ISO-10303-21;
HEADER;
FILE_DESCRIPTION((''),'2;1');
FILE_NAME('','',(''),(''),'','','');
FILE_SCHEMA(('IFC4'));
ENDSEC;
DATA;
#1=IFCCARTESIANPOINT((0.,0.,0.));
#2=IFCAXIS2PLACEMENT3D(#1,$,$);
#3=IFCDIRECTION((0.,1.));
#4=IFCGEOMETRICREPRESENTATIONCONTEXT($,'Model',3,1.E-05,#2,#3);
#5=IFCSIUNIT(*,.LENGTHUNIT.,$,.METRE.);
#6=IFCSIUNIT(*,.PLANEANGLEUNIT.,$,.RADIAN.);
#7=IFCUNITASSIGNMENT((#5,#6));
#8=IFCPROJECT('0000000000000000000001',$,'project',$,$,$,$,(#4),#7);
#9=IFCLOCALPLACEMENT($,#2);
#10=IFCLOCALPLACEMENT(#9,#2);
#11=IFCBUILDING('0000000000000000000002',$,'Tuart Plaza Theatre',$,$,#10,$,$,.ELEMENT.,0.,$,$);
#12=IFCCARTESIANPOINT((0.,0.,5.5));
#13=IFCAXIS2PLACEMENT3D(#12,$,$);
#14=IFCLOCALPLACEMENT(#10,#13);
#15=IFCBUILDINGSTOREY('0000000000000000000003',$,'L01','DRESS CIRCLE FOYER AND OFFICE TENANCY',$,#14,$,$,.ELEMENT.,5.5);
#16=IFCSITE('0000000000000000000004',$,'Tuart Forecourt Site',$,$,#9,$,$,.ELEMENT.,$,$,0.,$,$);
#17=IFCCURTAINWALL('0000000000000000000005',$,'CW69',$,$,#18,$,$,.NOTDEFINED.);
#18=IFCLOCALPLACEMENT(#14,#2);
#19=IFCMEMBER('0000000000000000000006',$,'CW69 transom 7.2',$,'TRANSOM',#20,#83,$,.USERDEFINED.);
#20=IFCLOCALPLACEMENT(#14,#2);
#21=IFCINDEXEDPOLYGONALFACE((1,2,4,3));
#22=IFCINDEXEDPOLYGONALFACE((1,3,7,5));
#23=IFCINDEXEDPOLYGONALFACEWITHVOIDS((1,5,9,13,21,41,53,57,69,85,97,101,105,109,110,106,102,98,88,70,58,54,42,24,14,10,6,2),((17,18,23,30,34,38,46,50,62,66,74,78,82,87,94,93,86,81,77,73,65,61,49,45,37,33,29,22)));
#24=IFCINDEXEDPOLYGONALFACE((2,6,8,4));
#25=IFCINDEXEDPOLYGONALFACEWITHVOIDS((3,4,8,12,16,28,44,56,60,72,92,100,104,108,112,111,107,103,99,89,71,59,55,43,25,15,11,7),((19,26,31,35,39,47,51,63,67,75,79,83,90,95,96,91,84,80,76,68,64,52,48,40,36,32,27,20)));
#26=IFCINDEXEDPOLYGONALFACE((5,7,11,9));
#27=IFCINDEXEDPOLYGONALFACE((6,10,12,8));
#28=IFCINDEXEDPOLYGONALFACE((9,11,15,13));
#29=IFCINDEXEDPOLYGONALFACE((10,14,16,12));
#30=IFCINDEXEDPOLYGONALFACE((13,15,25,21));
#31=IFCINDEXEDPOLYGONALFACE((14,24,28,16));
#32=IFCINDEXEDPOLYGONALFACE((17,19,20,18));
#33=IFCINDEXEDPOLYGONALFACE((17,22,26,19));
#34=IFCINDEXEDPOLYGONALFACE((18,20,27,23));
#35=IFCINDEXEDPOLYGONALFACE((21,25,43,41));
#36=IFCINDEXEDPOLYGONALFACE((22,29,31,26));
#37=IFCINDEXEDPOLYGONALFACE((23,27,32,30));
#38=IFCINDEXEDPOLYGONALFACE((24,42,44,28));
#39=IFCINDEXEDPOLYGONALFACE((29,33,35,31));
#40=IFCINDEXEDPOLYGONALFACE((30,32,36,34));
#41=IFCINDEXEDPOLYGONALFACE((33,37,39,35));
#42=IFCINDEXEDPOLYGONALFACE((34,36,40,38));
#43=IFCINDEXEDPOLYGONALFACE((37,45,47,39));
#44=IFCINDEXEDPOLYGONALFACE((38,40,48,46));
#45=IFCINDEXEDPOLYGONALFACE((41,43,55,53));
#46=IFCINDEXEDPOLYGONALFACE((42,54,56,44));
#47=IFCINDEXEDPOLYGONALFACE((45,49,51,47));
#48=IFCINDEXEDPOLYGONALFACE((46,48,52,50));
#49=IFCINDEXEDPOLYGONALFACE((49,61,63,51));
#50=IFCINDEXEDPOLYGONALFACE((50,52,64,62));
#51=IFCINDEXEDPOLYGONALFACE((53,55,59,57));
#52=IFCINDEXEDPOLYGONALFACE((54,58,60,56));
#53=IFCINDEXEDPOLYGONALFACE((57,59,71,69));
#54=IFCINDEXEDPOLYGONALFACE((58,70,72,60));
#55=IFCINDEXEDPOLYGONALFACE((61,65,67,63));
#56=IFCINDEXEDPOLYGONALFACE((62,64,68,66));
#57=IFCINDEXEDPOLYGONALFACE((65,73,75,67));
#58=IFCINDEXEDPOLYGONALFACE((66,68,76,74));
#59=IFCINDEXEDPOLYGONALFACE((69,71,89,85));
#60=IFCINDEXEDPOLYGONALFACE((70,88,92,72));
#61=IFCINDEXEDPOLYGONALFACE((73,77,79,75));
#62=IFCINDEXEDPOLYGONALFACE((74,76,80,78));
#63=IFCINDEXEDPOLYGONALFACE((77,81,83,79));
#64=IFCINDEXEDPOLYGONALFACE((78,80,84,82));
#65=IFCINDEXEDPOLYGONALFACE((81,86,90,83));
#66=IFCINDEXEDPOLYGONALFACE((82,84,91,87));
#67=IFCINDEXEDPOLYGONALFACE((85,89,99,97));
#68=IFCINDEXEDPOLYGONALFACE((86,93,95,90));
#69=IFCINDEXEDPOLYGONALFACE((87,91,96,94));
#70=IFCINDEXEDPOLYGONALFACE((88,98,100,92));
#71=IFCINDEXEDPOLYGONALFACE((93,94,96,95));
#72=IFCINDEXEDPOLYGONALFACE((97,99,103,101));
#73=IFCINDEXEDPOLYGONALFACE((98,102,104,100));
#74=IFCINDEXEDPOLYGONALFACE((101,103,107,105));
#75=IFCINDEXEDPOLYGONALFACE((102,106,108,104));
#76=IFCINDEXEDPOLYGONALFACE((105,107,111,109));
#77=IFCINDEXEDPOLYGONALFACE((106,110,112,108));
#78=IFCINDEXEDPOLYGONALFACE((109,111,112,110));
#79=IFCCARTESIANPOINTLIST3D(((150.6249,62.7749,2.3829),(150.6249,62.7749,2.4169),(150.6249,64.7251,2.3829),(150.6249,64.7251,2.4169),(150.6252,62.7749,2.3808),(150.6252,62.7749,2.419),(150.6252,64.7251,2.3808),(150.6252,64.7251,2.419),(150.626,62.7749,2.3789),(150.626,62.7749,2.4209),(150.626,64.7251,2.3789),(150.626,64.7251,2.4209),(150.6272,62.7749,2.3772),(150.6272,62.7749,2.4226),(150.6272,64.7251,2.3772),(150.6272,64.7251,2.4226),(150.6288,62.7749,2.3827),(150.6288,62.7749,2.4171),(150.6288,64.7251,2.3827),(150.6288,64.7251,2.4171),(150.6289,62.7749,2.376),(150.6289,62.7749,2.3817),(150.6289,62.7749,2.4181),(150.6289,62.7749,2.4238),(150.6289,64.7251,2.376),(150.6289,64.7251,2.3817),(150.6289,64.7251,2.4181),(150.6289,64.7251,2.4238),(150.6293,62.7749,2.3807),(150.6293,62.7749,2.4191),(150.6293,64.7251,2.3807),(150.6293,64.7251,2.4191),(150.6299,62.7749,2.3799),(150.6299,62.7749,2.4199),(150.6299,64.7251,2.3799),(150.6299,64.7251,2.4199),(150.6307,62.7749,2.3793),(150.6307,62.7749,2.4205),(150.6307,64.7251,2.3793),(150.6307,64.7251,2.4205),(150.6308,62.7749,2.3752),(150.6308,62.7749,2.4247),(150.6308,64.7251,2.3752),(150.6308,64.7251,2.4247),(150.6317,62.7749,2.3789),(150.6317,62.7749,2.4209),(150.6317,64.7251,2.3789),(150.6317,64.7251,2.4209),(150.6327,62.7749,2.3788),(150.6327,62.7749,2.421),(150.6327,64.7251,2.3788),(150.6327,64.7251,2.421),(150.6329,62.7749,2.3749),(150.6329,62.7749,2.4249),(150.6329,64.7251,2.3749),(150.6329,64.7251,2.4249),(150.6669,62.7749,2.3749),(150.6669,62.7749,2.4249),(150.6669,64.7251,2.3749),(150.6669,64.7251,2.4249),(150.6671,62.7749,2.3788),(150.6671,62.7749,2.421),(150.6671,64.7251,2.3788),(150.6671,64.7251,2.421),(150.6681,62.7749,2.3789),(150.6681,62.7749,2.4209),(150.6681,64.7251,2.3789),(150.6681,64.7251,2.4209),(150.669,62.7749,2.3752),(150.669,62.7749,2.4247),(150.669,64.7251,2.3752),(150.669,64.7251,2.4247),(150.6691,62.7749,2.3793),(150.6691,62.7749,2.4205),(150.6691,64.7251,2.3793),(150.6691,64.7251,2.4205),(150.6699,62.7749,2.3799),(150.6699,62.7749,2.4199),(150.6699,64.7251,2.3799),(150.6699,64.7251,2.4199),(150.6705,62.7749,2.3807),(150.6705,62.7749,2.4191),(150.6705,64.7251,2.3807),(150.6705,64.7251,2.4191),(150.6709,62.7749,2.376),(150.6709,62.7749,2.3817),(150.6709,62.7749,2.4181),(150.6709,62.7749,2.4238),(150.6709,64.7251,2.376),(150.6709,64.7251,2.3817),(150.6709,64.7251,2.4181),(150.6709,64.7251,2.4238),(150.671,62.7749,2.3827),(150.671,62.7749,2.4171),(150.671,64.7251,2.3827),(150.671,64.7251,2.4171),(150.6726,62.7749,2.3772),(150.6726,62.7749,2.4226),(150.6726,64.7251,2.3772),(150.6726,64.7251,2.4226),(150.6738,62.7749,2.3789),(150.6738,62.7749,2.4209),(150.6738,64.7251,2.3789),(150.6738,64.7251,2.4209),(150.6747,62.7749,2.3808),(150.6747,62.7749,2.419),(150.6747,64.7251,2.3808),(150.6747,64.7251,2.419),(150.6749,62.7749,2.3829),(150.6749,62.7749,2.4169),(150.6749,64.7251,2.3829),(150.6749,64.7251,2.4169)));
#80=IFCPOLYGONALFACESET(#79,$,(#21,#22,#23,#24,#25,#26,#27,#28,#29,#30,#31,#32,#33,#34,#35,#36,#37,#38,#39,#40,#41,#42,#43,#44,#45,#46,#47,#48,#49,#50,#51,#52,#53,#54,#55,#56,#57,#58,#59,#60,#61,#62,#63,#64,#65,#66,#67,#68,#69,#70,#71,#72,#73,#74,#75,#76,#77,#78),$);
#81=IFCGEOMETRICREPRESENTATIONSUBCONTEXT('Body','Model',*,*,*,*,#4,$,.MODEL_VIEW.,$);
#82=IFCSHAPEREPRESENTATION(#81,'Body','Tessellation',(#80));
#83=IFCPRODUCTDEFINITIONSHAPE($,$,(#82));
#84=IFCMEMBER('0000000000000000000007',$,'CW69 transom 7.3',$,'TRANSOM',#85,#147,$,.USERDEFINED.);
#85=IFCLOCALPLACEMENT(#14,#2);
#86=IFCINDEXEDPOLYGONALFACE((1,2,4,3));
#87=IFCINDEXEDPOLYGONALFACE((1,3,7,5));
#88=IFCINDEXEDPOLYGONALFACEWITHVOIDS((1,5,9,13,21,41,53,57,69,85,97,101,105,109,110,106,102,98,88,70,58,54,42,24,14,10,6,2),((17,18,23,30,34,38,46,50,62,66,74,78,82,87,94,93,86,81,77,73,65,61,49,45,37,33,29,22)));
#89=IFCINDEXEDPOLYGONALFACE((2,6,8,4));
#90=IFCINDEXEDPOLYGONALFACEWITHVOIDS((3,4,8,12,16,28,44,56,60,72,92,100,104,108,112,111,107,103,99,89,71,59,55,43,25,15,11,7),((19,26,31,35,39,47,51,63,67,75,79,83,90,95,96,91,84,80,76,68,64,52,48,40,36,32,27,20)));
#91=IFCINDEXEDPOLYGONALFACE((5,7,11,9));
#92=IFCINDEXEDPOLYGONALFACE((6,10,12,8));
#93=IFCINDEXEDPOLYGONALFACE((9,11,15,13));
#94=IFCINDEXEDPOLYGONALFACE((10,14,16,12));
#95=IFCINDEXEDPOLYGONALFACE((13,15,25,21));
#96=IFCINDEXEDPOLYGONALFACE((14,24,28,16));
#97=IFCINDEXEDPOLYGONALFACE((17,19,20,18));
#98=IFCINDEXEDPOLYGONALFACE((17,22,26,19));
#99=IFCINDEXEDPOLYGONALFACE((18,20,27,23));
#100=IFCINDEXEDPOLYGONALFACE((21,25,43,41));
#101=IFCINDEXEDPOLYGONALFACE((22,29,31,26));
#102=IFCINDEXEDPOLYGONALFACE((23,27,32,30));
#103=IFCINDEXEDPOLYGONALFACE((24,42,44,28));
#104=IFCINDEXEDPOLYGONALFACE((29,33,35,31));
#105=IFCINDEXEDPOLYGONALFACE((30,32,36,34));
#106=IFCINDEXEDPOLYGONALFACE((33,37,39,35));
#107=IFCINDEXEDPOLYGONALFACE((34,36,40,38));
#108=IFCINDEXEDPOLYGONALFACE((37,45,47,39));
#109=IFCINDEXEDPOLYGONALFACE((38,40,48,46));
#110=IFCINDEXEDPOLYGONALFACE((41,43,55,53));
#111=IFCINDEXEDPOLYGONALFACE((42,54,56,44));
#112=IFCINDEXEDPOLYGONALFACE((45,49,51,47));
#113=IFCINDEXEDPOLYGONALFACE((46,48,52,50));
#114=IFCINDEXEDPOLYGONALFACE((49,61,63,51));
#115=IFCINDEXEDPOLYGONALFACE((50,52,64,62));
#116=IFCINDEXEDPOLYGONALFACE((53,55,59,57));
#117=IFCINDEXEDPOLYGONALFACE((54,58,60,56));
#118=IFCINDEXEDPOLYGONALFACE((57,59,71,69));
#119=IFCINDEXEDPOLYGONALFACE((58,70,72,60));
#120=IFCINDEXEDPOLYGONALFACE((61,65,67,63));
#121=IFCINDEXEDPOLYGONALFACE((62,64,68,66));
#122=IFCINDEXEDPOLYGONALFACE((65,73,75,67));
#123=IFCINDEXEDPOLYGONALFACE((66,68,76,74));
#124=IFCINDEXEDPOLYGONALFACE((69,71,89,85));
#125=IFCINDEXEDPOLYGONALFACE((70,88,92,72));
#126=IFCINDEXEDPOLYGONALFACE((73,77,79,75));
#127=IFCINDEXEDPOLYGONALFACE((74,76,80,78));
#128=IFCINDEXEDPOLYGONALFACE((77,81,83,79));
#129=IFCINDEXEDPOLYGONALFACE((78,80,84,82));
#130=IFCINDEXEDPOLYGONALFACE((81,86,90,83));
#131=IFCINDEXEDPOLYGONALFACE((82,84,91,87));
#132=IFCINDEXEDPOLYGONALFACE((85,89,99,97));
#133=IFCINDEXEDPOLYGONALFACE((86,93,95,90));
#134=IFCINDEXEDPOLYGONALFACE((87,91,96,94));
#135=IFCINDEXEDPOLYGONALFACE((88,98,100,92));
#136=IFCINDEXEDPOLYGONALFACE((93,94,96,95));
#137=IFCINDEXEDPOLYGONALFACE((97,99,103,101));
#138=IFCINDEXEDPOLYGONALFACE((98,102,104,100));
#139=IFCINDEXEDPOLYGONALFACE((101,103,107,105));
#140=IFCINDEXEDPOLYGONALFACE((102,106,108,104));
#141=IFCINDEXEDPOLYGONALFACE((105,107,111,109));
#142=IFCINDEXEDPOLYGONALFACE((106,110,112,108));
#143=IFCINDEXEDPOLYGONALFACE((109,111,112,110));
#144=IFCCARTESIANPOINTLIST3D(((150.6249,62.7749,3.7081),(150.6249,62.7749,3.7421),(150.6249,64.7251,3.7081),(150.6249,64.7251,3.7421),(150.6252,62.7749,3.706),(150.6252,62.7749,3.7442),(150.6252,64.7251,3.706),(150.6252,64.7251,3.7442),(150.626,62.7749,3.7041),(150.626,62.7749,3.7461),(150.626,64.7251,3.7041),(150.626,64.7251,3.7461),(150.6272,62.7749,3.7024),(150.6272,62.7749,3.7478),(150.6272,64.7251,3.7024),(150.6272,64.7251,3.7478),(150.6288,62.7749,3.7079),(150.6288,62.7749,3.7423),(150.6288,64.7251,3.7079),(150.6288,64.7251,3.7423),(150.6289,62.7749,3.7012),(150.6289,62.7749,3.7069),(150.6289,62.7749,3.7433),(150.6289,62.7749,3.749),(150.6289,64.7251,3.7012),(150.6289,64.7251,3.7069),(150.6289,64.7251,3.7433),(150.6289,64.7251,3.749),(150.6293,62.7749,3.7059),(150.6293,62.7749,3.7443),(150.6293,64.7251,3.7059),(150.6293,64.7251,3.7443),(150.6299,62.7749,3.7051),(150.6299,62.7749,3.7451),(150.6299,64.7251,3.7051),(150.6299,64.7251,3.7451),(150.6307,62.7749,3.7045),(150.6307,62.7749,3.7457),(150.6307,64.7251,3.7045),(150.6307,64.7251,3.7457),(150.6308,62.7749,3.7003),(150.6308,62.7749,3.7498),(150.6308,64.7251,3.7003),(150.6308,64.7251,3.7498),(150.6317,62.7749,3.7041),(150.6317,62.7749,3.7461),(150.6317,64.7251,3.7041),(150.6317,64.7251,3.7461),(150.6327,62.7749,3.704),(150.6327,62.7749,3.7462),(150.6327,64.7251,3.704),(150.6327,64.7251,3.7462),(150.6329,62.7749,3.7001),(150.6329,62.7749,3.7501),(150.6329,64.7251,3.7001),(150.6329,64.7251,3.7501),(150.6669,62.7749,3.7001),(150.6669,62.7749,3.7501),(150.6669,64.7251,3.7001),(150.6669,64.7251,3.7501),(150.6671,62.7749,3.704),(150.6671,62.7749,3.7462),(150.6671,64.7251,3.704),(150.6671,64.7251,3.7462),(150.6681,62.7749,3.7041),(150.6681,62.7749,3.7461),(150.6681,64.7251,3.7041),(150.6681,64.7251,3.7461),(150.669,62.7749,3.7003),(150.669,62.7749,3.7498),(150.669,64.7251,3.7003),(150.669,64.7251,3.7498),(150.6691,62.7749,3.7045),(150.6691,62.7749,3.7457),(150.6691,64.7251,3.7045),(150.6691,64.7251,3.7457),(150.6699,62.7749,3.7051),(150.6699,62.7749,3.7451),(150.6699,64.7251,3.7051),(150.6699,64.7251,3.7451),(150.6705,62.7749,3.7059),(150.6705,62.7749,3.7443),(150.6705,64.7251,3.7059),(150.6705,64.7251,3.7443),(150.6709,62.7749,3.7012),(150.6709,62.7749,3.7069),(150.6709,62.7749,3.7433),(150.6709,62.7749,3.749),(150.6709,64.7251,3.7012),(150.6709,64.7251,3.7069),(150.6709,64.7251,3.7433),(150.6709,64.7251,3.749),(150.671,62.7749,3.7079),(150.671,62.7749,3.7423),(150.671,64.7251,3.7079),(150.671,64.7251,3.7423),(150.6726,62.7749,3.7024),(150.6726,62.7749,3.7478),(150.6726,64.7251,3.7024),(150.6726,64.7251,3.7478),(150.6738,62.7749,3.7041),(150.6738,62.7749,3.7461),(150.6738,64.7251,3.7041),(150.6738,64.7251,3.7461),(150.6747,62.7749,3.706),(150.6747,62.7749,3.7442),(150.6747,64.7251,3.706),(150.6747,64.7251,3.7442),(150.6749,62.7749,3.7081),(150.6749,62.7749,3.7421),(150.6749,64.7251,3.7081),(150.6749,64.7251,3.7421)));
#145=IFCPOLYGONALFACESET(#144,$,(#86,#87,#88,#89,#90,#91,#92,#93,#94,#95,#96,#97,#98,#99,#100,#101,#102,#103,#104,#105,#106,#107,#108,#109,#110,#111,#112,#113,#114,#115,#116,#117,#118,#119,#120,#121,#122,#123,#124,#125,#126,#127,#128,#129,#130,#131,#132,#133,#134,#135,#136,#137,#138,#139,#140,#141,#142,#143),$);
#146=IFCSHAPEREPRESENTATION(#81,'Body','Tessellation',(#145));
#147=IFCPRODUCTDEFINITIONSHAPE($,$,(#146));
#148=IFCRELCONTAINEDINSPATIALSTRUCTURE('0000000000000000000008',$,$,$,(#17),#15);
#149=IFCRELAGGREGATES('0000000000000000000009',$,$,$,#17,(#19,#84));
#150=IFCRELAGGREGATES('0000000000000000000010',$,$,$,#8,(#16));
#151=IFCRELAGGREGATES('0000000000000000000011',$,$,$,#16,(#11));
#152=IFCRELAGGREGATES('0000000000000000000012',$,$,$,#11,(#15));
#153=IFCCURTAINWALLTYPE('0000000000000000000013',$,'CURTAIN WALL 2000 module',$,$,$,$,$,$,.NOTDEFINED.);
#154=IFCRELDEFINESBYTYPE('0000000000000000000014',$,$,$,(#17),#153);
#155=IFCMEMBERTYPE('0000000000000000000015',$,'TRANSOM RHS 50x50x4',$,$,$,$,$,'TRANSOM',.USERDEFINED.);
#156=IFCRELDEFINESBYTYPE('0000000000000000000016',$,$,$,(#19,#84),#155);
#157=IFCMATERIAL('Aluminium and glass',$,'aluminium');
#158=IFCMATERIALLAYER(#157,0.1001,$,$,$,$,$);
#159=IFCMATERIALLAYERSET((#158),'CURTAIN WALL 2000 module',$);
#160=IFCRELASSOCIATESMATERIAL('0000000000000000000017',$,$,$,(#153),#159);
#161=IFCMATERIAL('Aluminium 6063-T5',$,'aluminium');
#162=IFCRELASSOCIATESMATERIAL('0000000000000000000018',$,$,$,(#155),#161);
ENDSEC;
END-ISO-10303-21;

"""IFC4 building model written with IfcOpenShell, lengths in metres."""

from ifc_helpers import new_model, si_unit, direction, frame, origin, origin_2d, place, context, subcontext, project, spatial, hollow_rectangle, extrude, material, layer, layer_set, material_profile, profile_set, type_object, element, aggregate, save


model = new_model("IFC4")

# Units and contexts
model_context = context("Model", 3, precision=1e-05, world=origin(), true_north=direction((0.0, 1.0)))
body_context = subcontext(model_context, "Body", "Model", "MODEL_VIEW")
ifc_project = project(units=[si_unit("LENGTHUNIT", "METRE"), si_unit("PLANEANGLEUNIT", "RADIAN")], contexts=[model_context])

# Site, building, storey
site_placement = place(None, origin())
site = spatial("IfcSite", under=ifc_project, at=site_placement, Name="Tuart Forecourt Site", CompositionType="ELEMENT", RefElevation=0.0)
building_placement = place(site_placement, origin())
building = spatial("IfcBuilding", under=site, at=building_placement, Name="Tuart Plaza Theatre", CompositionType="ELEMENT", ElevationOfRefHeight=0.0)
storey_placement = place(building_placement, frame((0.0, 0.0, 5.5)))
storey = spatial("IfcBuildingStorey", under=building, at=storey_placement, Name="L01", Description="DRESS CIRCLE FOYER AND OFFICE TENANCY", CompositionType="ELEMENT", Elevation=5.5)

# Curtain wall, members
ifc_material_1 = material(Name="Aluminium and glass", Category="aluminium")
ifc_layer_1 = layer(ifc_material_1, 0.1001)
ifc_layer_set_1 = layer_set([ifc_layer_1], Name="CURTAIN WALL 2000 module")
curtain_wall_type = type_object("IfcCurtainWallType", Name="CURTAIN WALL 2000 module", PredefinedType="NOTDEFINED", material=ifc_layer_set_1)
curtain_wall_placement = place(storey_placement, origin())
curtain_wall = element("IfcCurtainWall", 1, at=curtain_wall_placement, inside=storey, type_object=curtain_wall_type, Name="CW69", PredefinedType="NOTDEFINED")
ifc_material_2 = material(Name="Aluminium 6063-T5", Category="aluminium")
ifc_material_profile_1 = material_profile(ifc_material_2, hollow_rectangle(XDim=0.05, YDim=0.05, WallThickness=0.0039, InnerFilletRadius=0.0039, OuterFilletRadius=0.0081, at=origin_2d()), Name="RHS 50x50x4")
ifc_profile_set_1 = profile_set([ifc_material_profile_1], Name="Aluminium 6063-T5")
member_type_1 = type_object("IfcMemberType", Name="TRANSOM RHS 50x50x4", ElementType="TRANSOM", PredefinedType="USERDEFINED", material=ifc_profile_set_1)
member_1_placement = place(storey_placement, frame((150.6499, 62.7749, 2.3999), z_axis=(0.0, 1.0, 0.0), x_axis=(-1.0, 0.0, 0.0)))
member_1 = element("IfcMember", 2, at=member_1_placement, type_object=member_type_1, Name="CW69 transom 7.2", ObjectType="TRANSOM", PredefinedType="USERDEFINED", context=body_context, shape_type="SweptSolid", body=[
    extrude(hollow_rectangle(XDim=0.05, YDim=0.05, WallThickness=0.0039, InnerFilletRadius=0.0039, OuterFilletRadius=0.0081, at=origin_2d()), origin(), (0.0, 0.0, 1.0), 1.9502),
])
member_2_placement = place(storey_placement, frame((150.6499, 62.7749, 3.7251), z_axis=(0.0, 1.0, 0.0), x_axis=(-1.0, 0.0, 0.0)))
member_2 = element("IfcMember", 3, at=member_2_placement, type_object=member_type_1, Name="CW69 transom 7.3", ObjectType="TRANSOM", PredefinedType="USERDEFINED", context=body_context, shape_type="SweptSolid", body=[
    extrude(hollow_rectangle(XDim=0.05, YDim=0.05, WallThickness=0.0039, InnerFilletRadius=0.0039, OuterFilletRadius=0.0081, at=origin_2d()), origin(), (0.0, 0.0, 1.0), 1.9502),
])
aggregate(curtain_wall, [member_1, member_2])

save(model, "model.ifc")
